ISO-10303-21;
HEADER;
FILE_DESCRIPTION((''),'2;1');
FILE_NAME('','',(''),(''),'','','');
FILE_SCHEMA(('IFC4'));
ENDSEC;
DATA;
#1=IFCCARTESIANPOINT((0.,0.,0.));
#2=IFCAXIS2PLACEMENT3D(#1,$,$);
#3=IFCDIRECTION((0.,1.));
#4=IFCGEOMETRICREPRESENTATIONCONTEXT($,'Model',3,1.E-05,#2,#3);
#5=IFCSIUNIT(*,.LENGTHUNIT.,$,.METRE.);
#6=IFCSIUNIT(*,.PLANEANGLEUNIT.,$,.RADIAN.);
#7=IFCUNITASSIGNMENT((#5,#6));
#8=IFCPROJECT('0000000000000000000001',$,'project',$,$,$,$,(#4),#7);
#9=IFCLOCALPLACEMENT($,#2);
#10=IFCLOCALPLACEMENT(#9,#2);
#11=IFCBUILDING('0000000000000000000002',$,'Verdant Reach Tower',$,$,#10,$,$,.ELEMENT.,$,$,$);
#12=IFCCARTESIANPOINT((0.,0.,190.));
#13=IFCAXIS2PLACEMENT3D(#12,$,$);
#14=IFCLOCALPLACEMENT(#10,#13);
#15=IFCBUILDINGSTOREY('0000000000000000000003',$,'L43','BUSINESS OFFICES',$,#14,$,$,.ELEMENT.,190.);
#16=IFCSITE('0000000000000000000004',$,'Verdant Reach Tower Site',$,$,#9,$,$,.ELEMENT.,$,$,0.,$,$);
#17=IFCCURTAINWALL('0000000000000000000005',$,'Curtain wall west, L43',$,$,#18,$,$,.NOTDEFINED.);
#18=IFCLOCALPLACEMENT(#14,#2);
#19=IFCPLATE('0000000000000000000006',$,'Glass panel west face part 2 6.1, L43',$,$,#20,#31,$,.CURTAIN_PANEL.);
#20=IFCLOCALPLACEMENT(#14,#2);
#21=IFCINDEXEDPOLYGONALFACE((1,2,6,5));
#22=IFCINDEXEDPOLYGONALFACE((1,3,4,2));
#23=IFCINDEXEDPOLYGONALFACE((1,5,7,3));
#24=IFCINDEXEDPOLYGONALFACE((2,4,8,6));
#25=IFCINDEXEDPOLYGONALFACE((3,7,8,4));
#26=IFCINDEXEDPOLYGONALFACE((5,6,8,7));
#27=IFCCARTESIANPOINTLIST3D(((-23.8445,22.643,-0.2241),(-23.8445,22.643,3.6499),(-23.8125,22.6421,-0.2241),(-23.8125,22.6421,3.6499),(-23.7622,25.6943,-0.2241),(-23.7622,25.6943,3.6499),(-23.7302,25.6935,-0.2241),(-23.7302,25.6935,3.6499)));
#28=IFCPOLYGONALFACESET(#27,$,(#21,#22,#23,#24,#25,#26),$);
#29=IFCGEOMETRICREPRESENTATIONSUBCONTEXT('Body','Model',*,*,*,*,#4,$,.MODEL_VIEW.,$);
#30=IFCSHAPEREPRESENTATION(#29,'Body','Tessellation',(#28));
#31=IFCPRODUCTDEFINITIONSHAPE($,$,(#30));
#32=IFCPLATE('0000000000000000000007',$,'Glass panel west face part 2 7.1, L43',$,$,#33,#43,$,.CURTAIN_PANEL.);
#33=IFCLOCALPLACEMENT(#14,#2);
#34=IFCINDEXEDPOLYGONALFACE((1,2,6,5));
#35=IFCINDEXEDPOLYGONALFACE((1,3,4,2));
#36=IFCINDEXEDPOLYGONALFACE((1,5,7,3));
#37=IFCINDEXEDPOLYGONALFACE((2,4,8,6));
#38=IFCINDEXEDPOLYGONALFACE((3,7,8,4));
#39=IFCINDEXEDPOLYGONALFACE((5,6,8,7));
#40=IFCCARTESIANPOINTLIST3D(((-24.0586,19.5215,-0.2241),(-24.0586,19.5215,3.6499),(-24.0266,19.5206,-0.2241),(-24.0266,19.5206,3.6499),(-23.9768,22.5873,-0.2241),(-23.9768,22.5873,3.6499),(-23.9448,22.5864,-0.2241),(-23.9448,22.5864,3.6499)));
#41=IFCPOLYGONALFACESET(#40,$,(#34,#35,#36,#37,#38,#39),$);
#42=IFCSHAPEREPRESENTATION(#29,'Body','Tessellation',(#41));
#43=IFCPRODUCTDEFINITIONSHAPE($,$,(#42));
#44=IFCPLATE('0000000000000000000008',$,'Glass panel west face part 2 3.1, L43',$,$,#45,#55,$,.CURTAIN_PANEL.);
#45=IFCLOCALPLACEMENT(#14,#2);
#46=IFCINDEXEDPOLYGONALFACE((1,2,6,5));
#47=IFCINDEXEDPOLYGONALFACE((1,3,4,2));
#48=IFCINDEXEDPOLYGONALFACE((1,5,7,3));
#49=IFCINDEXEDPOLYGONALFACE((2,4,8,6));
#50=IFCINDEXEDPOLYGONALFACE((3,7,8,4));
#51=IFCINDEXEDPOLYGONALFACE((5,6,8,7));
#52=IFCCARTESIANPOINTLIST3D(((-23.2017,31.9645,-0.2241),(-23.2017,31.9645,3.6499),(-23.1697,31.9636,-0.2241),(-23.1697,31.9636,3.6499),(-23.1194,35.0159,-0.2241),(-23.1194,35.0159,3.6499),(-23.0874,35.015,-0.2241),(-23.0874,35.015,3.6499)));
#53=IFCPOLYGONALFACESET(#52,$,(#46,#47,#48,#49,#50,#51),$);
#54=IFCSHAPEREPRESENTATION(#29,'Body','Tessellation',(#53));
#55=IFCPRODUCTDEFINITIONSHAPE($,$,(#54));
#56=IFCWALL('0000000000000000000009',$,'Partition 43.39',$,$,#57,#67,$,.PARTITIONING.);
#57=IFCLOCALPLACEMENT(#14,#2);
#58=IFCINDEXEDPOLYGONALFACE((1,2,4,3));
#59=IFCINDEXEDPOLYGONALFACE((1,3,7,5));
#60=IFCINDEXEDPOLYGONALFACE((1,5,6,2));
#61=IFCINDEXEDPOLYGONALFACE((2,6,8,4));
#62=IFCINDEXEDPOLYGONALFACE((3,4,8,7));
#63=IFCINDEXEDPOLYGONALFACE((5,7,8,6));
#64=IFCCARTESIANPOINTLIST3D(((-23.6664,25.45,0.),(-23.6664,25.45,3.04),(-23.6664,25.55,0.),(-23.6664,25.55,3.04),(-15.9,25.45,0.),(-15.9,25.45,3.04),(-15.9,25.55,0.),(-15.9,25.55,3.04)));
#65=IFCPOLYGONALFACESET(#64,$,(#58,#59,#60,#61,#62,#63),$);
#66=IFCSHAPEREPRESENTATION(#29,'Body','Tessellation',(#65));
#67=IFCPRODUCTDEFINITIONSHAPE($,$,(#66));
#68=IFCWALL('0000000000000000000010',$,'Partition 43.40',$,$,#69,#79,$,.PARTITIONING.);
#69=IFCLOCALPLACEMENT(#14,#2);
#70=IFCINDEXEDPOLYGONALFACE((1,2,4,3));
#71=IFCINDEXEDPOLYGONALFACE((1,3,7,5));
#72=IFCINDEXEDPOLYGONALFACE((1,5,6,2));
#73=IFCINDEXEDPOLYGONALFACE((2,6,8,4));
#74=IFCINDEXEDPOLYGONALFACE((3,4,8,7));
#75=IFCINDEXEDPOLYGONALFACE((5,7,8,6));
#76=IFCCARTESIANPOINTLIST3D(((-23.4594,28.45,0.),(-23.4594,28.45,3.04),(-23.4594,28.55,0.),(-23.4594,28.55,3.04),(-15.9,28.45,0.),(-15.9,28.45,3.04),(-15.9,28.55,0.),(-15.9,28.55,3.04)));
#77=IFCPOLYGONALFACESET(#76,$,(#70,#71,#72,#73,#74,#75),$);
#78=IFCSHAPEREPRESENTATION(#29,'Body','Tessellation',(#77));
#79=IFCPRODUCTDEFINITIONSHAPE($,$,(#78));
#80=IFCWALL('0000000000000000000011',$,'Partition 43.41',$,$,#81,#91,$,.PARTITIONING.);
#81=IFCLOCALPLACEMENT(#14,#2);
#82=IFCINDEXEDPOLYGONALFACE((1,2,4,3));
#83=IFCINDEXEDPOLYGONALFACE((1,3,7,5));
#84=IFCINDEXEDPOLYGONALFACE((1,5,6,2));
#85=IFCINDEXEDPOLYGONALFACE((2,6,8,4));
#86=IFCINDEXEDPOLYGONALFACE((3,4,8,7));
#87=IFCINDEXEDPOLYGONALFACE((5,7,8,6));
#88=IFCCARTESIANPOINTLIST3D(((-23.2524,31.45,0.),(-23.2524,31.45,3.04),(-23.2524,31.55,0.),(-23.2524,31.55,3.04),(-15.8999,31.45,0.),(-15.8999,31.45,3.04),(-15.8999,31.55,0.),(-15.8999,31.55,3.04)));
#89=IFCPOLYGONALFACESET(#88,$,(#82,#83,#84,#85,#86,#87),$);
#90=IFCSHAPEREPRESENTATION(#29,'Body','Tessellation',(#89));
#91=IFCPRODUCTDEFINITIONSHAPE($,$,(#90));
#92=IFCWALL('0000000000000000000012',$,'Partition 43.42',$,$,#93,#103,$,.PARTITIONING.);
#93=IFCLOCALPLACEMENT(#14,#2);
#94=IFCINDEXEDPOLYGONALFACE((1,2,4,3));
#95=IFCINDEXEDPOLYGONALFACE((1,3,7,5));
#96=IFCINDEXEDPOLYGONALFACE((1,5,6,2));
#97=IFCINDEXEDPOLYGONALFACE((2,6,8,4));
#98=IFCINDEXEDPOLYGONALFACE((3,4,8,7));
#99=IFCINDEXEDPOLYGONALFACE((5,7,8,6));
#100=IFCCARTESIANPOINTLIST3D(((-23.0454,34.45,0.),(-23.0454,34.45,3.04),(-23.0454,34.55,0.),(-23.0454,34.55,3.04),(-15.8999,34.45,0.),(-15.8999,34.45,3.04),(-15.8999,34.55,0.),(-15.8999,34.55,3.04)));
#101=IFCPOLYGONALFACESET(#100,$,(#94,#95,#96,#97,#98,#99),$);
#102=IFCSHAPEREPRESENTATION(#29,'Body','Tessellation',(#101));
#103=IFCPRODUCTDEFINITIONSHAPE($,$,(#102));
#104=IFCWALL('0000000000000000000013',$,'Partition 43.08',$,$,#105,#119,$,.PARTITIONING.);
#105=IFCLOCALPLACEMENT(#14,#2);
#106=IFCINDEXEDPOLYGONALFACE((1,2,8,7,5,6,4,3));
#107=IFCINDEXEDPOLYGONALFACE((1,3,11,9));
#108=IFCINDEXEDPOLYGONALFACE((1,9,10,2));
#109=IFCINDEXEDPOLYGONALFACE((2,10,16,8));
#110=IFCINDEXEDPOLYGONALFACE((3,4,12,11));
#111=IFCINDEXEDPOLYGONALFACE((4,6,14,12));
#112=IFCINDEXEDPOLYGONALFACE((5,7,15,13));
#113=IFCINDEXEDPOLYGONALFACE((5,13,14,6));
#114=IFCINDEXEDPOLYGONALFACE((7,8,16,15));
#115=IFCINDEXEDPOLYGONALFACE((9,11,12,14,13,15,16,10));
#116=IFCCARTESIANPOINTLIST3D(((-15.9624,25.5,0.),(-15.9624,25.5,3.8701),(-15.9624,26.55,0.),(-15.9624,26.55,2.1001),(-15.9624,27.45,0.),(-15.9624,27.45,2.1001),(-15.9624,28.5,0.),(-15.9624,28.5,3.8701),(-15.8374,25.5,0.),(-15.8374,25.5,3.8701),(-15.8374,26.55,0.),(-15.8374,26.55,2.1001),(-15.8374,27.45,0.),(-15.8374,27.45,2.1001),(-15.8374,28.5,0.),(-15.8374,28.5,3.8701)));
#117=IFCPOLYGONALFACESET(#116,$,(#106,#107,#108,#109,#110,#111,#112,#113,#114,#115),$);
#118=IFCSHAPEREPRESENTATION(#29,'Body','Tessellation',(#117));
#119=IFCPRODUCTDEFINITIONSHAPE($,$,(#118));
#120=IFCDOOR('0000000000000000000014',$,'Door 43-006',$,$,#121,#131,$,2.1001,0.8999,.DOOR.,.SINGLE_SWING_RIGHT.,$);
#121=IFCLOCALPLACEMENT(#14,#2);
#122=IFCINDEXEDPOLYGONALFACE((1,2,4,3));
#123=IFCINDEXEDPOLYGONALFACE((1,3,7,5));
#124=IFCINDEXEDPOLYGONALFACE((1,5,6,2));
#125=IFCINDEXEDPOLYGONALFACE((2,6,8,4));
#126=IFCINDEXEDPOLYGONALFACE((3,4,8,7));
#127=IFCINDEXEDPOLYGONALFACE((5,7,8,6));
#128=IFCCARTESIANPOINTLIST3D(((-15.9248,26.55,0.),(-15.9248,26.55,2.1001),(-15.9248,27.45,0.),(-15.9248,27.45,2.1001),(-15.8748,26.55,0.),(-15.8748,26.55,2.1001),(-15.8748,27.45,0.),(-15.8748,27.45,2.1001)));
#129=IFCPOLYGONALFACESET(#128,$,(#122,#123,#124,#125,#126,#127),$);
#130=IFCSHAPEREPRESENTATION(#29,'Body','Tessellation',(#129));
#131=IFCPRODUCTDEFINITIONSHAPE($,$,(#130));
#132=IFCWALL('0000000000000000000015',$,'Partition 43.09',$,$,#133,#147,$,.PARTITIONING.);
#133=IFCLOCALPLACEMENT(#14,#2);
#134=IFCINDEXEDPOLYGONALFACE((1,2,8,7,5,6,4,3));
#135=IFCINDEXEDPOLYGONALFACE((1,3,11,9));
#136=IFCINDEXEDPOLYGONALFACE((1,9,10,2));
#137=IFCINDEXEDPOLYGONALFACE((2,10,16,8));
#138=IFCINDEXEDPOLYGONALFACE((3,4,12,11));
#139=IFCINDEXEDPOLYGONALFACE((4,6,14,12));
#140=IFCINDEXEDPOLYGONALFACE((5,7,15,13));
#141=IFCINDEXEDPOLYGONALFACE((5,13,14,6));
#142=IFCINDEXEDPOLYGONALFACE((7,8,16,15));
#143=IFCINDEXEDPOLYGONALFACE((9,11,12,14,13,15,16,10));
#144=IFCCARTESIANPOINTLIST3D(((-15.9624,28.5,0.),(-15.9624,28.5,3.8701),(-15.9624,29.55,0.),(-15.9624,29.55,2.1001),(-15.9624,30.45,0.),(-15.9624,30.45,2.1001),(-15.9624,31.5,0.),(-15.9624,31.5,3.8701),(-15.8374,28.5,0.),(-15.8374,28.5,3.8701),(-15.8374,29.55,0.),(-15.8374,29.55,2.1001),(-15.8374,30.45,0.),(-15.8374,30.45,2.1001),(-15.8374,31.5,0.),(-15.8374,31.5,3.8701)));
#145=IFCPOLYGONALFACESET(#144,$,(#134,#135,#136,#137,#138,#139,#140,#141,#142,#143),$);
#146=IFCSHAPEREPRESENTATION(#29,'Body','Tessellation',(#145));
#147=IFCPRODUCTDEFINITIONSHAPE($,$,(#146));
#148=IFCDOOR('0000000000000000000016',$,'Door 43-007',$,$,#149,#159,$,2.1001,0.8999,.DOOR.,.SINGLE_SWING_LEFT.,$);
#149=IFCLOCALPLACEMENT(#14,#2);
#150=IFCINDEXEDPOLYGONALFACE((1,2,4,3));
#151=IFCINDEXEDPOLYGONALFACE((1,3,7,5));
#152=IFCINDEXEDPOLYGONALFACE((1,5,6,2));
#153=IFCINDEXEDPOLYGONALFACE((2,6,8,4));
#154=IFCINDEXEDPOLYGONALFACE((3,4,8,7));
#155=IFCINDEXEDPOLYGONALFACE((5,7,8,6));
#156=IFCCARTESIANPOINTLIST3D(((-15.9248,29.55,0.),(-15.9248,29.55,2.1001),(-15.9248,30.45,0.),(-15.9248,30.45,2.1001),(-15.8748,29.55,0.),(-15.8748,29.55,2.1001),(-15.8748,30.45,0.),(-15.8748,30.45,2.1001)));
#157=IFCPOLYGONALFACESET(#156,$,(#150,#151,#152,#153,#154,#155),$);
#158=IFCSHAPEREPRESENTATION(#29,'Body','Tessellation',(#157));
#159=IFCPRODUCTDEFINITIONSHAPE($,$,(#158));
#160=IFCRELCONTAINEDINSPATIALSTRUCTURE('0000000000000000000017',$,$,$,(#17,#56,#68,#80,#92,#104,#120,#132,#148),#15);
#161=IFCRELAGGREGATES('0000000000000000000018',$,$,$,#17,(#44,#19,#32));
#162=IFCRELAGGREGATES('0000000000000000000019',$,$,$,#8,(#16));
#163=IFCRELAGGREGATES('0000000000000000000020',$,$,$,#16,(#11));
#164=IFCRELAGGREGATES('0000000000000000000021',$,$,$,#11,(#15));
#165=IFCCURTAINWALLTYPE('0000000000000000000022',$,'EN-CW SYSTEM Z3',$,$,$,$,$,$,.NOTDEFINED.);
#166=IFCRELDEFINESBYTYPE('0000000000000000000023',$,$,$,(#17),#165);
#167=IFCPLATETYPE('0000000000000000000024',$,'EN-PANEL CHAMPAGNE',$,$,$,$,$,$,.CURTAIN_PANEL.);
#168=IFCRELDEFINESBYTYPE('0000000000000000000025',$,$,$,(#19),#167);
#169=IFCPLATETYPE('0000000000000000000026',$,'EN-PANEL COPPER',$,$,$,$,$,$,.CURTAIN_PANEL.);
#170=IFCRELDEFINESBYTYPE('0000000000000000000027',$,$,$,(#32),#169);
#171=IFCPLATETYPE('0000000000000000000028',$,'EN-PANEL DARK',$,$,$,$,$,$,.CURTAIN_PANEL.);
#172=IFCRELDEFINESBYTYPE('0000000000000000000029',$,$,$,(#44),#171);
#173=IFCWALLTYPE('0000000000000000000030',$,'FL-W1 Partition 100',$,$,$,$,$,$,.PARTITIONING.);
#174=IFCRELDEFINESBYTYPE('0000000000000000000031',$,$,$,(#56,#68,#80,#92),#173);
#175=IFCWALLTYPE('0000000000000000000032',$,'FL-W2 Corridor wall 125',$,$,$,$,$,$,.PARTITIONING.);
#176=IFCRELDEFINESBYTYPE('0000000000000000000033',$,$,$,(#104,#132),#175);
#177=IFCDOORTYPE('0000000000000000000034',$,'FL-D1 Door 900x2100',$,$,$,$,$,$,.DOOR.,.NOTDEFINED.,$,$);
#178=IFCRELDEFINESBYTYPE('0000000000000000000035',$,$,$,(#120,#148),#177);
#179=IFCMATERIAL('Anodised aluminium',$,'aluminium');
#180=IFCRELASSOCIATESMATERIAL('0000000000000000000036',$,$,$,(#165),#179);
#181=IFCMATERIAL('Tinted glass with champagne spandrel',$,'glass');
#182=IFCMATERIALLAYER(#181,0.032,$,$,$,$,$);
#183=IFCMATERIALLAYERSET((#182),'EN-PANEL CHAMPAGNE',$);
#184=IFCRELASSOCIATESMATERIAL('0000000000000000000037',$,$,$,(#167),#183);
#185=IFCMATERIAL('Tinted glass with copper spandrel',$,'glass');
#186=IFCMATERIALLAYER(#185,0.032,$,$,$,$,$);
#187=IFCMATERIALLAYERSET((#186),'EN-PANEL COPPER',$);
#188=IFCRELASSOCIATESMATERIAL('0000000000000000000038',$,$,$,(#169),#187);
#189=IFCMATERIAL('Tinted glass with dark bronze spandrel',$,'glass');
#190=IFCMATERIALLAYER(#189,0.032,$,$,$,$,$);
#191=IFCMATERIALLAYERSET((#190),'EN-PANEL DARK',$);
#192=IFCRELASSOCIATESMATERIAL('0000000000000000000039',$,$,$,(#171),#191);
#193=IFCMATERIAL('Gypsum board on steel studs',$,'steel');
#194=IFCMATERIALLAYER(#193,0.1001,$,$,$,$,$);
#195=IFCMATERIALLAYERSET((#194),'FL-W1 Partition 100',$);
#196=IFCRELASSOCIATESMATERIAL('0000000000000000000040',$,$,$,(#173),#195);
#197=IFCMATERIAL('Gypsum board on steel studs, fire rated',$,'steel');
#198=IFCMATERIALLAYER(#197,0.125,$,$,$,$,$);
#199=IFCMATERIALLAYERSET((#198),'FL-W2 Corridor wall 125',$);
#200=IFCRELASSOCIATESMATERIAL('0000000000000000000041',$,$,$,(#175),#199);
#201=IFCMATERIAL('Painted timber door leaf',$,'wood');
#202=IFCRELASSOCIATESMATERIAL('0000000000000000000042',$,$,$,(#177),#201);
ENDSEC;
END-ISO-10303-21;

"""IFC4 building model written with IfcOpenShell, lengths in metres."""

from ifc_helpers import new_model, si_unit, direction, frame, frame_2d, origin, origin_2d, place, context, subcontext, project, spatial, rectangle, extrude, material, layer, layer_set, type_object, element, fill, aggregate, save


model = new_model("IFC4")

# Units and contexts
model_context = context("Model", 3, precision=1e-05, world=origin(), true_north=direction((0.0, 1.0)))
body_context = subcontext(model_context, "Body", "Model", "MODEL_VIEW")
ifc_project = project(units=[si_unit("LENGTHUNIT", "METRE"), si_unit("PLANEANGLEUNIT", "RADIAN")], contexts=[model_context])

# Site, building, storey
site_placement = place(None, origin())
site = spatial("IfcSite", under=ifc_project, at=site_placement, Name="Verdant Reach Tower Site", CompositionType="ELEMENT", RefElevation=0.0)
building_placement = place(site_placement, origin())
building = spatial("IfcBuilding", under=site, at=building_placement, Name="Verdant Reach Tower", CompositionType="ELEMENT")
storey_placement = place(building_placement, frame((0.0, 0.0, 190.0)))
storey = spatial("IfcBuildingStorey", under=building, at=storey_placement, Name="L43", Description="BUSINESS OFFICES", CompositionType="ELEMENT", Elevation=190.0)

# Curtain wall, plates
ifc_material_1 = material(Name="Anodised aluminium", Category="aluminium")
curtain_wall_type = type_object("IfcCurtainWallType", Name="EN-CW SYSTEM Z3", PredefinedType="NOTDEFINED", material=ifc_material_1)
curtain_wall_placement = place(storey_placement, origin())
curtain_wall = element("IfcCurtainWall", 1, at=curtain_wall_placement, inside=storey, type_object=curtain_wall_type, Name="Curtain wall west, L43", PredefinedType="NOTDEFINED")
ifc_material_2 = material(Name="Tinted glass with champagne spandrel", Category="glass")
ifc_layer_1 = layer(ifc_material_2, 0.032)
ifc_layer_set_1 = layer_set([ifc_layer_1], Name="EN-PANEL CHAMPAGNE")
plate_type_1 = type_object("IfcPlateType", Name="EN-PANEL CHAMPAGNE", PredefinedType="CURTAIN_PANEL", material=ifc_layer_set_1)
plate_1_placement = place(storey_placement, frame((-23.7874, 24.1682, -0.2241), z_axis=(0.0, 0.0, 1.0), x_axis=(-0.026965, -0.999636, 0.0)))
plate_1 = element("IfcPlate", 2, at=plate_1_placement, type_object=plate_type_1, Name="Glass panel west face part 2 6.1, L43", PredefinedType="CURTAIN_PANEL", context=body_context, shape_type="SweptSolid", body=[
    extrude(rectangle(XDim=3.0525, YDim=0.032, at=origin_2d()), origin(), (0.0, 0.0, 1.0), 3.874),
])
ifc_material_3 = material(Name="Tinted glass with copper spandrel", Category="glass")
ifc_layer_2 = layer(ifc_material_3, 0.032)
ifc_layer_set_2 = layer_set([ifc_layer_2], Name="EN-PANEL COPPER")
plate_type_2 = type_object("IfcPlateType", Name="EN-PANEL COPPER", PredefinedType="CURTAIN_PANEL", material=ifc_layer_set_2)
plate_2_placement = place(storey_placement, frame((-24.0017, 21.054, -0.2241), z_axis=(0.0, 0.0, 1.0), x_axis=(-0.02666, -0.999645, 0.0)))
plate_2 = element("IfcPlate", 3, at=plate_2_placement, type_object=plate_type_2, Name="Glass panel west face part 2 7.1, L43", PredefinedType="CURTAIN_PANEL", context=body_context, shape_type="SweptSolid", body=[
    extrude(rectangle(XDim=3.0669, YDim=0.032, at=origin_2d()), origin(), (0.0, 0.0, 1.0), 3.874),
])
ifc_material_4 = material(Name="Tinted glass with dark bronze spandrel", Category="glass")
ifc_layer_3 = layer(ifc_material_4, 0.032)
ifc_layer_set_3 = layer_set([ifc_layer_3], Name="EN-PANEL DARK")
plate_type_3 = type_object("IfcPlateType", Name="EN-PANEL DARK", PredefinedType="CURTAIN_PANEL", material=ifc_layer_set_3)
plate_3_placement = place(storey_placement, frame((-23.1445, 33.4897, -0.2241), z_axis=(0.0, 0.0, 1.0), x_axis=(-0.026965, -0.999636, 0.0)))
plate_3 = element("IfcPlate", 4, at=plate_3_placement, type_object=plate_type_3, Name="Glass panel west face part 2 3.1, L43", PredefinedType="CURTAIN_PANEL", context=body_context, shape_type="SweptSolid", body=[
    extrude(rectangle(XDim=3.0525, YDim=0.032, at=origin_2d()), origin(), (0.0, 0.0, 1.0), 3.874),
])
aggregate(curtain_wall, [plate_3, plate_1, plate_2])

# Walls
ifc_material_5 = material(Name="Gypsum board on steel studs", Category="steel")
ifc_layer_4 = layer(ifc_material_5, 0.1001)
ifc_layer_set_4 = layer_set([ifc_layer_4], Name="FL-W1 Partition 100")
wall_type_1 = type_object("IfcWallType", Name="FL-W1 Partition 100", PredefinedType="PARTITIONING", material=ifc_layer_set_4)
wall_1_placement = place(storey_placement, frame((-15.8999, 25.5, 0.0), z_axis=(0.0, 0.0, 1.0), x_axis=(-1.0, 0.0, 0.0)))
element("IfcWall", 5, at=wall_1_placement, inside=storey, type_object=wall_type_1, Name="Partition 43.39", PredefinedType="PARTITIONING", context=body_context, shape_type="SweptSolid", body=[
    extrude(rectangle(XDim=7.7664, YDim=0.1001, at=frame_2d((3.8833, 0.0))), origin(), (0.0, 0.0, 1.0), 3.04),
])
wall_2_placement = place(storey_placement, frame((-15.8999, 28.5, 0.0), z_axis=(0.0, 0.0, 1.0), x_axis=(-1.0, 0.0, 0.0)))
element("IfcWall", 6, at=wall_2_placement, inside=storey, type_object=wall_type_1, Name="Partition 43.40", PredefinedType="PARTITIONING", context=body_context, shape_type="SweptSolid", body=[
    extrude(rectangle(XDim=7.5593, YDim=0.1001, at=frame_2d((3.7798, 0.0))), origin(), (0.0, 0.0, 1.0), 3.04),
])
wall_3_placement = place(storey_placement, frame((-15.8999, 31.5, 0.0), z_axis=(0.0, 0.0, 1.0), x_axis=(-1.0, 0.0, 0.0)))
element("IfcWall", 7, at=wall_3_placement, inside=storey, type_object=wall_type_1, Name="Partition 43.41", PredefinedType="PARTITIONING", context=body_context, shape_type="SweptSolid", body=[
    extrude(rectangle(XDim=7.3525, YDim=0.1001, at=frame_2d((3.6763, 0.0))), origin(), (0.0, 0.0, 1.0), 3.04),
])
wall_4_placement = place(storey_placement, frame((-15.8999, 34.5, 0.0), z_axis=(0.0, 0.0, 1.0), x_axis=(-1.0, 0.0, 0.0)))
element("IfcWall", 8, at=wall_4_placement, inside=storey, type_object=wall_type_1, Name="Partition 43.42", PredefinedType="PARTITIONING", context=body_context, shape_type="SweptSolid", body=[
    extrude(rectangle(XDim=7.1455, YDim=0.1001, at=frame_2d((3.5728, 0.0))), origin(), (0.0, 0.0, 1.0), 3.04),
])

# Walls, openings, doors
ifc_material_6 = material(Name="Gypsum board on steel studs, fire rated", Category="steel")
ifc_layer_5 = layer(ifc_material_6, 0.125)
ifc_layer_set_5 = layer_set([ifc_layer_5], Name="FL-W2 Corridor wall 125")
wall_type_2 = type_object("IfcWallType", Name="FL-W2 Corridor wall 125", PredefinedType="PARTITIONING", material=ifc_layer_set_5)
wall_5_placement = place(storey_placement, frame((-15.8999, 25.5, 0.0), z_axis=(0.0, 0.0, 1.0), x_axis=(0.0, 1.0, 0.0)))
wall_5 = element("IfcWall", 9, at=wall_5_placement, inside=storey, type_object=wall_type_2, Name="Partition 43.08", PredefinedType="PARTITIONING", context=body_context, shape_type="SweptSolid", body=[
    extrude(rectangle(XDim=3.0, YDim=0.125, at=frame_2d((1.5, 0.0))), origin(), (0.0, 0.0, 1.0), 3.8701),
])
opening_1_placement = place(wall_5_placement, frame((1.05, 0.0, 0.0)))
opening_1 = element("IfcOpeningElement", 10, at=opening_1_placement, cuts=wall_5, PredefinedType="OPENING", context=body_context, shape_type="SweptSolid", body=[
    extrude(rectangle(XDim=0.8999, YDim=2.1001, at=frame_2d((0.45, 1.05))), frame((0.0, 0.0725, 0.0), z_axis=(0.0, -1.0, 0.0), x_axis=(1.0, 0.0, 0.0)), (0.0, 0.0, 1.0), 0.145),
])
ifc_material_7 = material(Name="Painted timber door leaf", Category="wood")
door_type_1 = type_object("IfcDoorType", Name="FL-D1 Door 900x2100", OperationType="NOTDEFINED", PredefinedType="DOOR", material=ifc_material_7)
door_1_placement = place(opening_1_placement, origin())
door_1 = element("IfcDoor", 11, at=door_1_placement, inside=storey, type_object=door_type_1, Name="Door 43-006", OperationType="SINGLE_SWING_RIGHT", OverallHeight=2.1001, OverallWidth=0.8999, PredefinedType="DOOR", context=body_context, shape_type="SweptSolid", body=[
    extrude(rectangle(XDim=0.8999, YDim=2.1001, at=frame_2d((0.45, 1.05))), frame((0.0, 0.0249, 0.0), z_axis=(0.0, -1.0, 0.0), x_axis=(1.0, 0.0, 0.0)), (0.0, 0.0, 1.0), 0.05),
])
fill(opening_1, door_1)
wall_6_placement = place(storey_placement, frame((-15.8999, 28.5, 0.0), z_axis=(0.0, 0.0, 1.0), x_axis=(0.0, 1.0, 0.0)))
wall_6 = element("IfcWall", 12, at=wall_6_placement, inside=storey, type_object=wall_type_2, Name="Partition 43.09", PredefinedType="PARTITIONING", context=body_context, shape_type="SweptSolid", body=[
    extrude(rectangle(XDim=3.0, YDim=0.125, at=frame_2d((1.5, 0.0))), origin(), (0.0, 0.0, 1.0), 3.8701),
])
opening_2_placement = place(wall_6_placement, frame((1.05, 0.0, 0.0)))
opening_2 = element("IfcOpeningElement", 13, at=opening_2_placement, cuts=wall_6, PredefinedType="OPENING", context=body_context, shape_type="SweptSolid", body=[
    extrude(rectangle(XDim=0.8999, YDim=2.1001, at=frame_2d((0.45, 1.05))), frame((0.0, 0.0725, 0.0), z_axis=(0.0, -1.0, 0.0), x_axis=(1.0, 0.0, 0.0)), (0.0, 0.0, 1.0), 0.145),
])
door_2_placement = place(opening_2_placement, origin())
door_2 = element("IfcDoor", 14, at=door_2_placement, inside=storey, type_object=door_type_1, Name="Door 43-007", OperationType="SINGLE_SWING_LEFT", OverallHeight=2.1001, OverallWidth=0.8999, PredefinedType="DOOR", context=body_context, shape_type="SweptSolid", body=[
    extrude(rectangle(XDim=0.8999, YDim=2.1001, at=frame_2d((0.45, 1.05))), frame((0.0, 0.0249, 0.0), z_axis=(0.0, -1.0, 0.0), x_axis=(1.0, 0.0, 0.0)), (0.0, 0.0, 1.0), 0.05),
])
fill(opening_2, door_2)

save(model, "model.ifc")
